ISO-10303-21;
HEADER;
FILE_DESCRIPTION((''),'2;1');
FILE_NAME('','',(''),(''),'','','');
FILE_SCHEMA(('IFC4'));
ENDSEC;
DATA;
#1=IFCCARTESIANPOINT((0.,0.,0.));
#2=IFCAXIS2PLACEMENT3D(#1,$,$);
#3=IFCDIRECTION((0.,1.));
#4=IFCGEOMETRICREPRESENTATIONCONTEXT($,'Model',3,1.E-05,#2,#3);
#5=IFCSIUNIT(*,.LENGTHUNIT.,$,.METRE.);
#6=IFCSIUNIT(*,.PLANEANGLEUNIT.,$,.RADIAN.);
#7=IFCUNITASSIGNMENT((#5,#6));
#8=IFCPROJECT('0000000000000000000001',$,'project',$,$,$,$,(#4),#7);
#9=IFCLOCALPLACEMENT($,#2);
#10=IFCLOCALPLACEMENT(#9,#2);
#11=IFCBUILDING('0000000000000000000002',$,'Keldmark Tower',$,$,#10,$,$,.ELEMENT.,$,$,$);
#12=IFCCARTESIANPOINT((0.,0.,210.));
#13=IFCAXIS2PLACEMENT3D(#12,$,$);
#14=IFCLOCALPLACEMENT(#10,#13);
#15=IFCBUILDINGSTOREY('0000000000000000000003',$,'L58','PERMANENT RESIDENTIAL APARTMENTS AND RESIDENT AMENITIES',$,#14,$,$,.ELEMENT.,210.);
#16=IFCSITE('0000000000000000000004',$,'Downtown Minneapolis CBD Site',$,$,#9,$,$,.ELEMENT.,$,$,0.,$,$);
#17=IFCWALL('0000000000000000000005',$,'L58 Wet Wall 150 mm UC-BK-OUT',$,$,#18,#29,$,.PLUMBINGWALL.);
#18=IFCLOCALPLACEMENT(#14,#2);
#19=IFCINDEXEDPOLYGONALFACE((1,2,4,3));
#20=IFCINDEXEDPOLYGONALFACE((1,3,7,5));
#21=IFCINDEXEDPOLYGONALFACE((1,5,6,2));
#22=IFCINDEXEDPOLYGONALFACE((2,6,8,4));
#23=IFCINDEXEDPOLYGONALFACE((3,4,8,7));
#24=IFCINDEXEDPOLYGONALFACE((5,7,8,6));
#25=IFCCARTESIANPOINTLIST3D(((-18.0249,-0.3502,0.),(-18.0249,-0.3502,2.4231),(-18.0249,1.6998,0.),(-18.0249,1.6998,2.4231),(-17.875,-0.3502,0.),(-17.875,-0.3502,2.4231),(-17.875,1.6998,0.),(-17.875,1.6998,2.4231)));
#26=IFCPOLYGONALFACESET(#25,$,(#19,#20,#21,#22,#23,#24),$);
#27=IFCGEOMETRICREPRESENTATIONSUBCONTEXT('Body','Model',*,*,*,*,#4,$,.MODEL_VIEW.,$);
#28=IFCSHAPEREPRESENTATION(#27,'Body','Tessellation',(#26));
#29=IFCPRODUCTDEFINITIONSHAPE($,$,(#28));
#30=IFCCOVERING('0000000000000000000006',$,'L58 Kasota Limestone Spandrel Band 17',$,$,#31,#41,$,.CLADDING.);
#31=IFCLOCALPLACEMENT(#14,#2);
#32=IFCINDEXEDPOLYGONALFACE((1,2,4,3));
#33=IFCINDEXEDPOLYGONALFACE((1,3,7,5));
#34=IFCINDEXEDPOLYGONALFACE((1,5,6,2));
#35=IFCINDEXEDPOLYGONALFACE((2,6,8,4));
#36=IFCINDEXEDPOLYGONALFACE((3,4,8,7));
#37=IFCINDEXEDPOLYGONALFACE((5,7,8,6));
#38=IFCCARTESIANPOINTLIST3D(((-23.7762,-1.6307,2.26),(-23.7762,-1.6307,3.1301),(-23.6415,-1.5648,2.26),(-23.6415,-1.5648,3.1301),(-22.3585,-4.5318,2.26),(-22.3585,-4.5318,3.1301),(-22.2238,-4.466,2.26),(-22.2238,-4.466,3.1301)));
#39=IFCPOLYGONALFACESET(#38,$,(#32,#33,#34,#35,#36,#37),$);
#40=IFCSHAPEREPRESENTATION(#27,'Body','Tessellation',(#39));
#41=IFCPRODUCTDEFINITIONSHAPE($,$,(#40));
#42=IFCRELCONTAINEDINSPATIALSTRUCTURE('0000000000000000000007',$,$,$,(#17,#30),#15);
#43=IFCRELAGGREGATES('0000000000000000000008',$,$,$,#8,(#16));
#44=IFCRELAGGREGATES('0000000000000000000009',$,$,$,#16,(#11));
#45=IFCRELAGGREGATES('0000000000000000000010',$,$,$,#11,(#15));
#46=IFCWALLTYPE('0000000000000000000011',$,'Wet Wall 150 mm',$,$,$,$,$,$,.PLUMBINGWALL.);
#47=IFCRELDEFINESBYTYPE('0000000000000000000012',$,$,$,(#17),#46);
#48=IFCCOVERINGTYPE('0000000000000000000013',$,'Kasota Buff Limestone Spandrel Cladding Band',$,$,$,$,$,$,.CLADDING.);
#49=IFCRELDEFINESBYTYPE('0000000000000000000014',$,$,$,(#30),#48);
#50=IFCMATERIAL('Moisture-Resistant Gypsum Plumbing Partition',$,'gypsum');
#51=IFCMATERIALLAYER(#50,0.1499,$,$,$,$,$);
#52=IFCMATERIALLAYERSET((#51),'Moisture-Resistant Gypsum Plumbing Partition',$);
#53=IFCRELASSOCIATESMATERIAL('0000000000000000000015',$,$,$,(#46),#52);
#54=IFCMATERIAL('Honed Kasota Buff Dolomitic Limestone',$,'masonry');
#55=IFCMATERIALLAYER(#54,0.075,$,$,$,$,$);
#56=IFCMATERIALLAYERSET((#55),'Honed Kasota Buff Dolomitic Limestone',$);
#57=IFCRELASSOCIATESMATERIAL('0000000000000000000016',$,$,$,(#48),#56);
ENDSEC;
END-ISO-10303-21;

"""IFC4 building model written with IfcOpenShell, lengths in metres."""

from ifc_helpers import new_model, si_unit, direction, frame, frame_2d, origin, origin_2d, place, context, subcontext, project, spatial, rectangle, extrude, material, layer, layer_set, type_object, element, save


model = new_model("IFC4")

# Units and contexts
model_context = context("Model", 3, precision=1e-05, world=origin(), true_north=direction((0.0, 1.0)))
body_context = subcontext(model_context, "Body", "Model", "MODEL_VIEW")
ifc_project = project(units=[si_unit("LENGTHUNIT", "METRE"), si_unit("PLANEANGLEUNIT", "RADIAN")], contexts=[model_context])

# Site, building, storey
site_placement = place(None, origin())
site = spatial("IfcSite", under=ifc_project, at=site_placement, Name="Downtown Minneapolis CBD Site", CompositionType="ELEMENT", RefElevation=0.0)
building_placement = place(site_placement, origin())
building = spatial("IfcBuilding", under=site, at=building_placement, Name="Keldmark Tower", CompositionType="ELEMENT")
storey_placement = place(building_placement, frame((0.0, 0.0, 210.0)))
storey = spatial("IfcBuildingStorey", under=building, at=storey_placement, Name="L58", Description="PERMANENT RESIDENTIAL APARTMENTS AND RESIDENT AMENITIES", CompositionType="ELEMENT", Elevation=210.0)

# Wall
ifc_material_1 = material(Name="Moisture-Resistant Gypsum Plumbing Partition", Category="gypsum")
ifc_layer_1 = layer(ifc_material_1, 0.1499)
ifc_layer_set_1 = layer_set([ifc_layer_1], Name="Moisture-Resistant Gypsum Plumbing Partition")
wall_type_1 = type_object("IfcWallType", Name="Wet Wall 150 mm", PredefinedType="PLUMBINGWALL", material=ifc_layer_set_1)
wall_1_placement = place(storey_placement, frame((-17.95, -0.3501, 0.0), z_axis=(0.0, 0.0, 1.0), x_axis=(0.0, 1.0, 0.0)))
element("IfcWall", 1, at=wall_1_placement, inside=storey, type_object=wall_type_1, Name="L58 Wet Wall 150 mm UC-BK-OUT", PredefinedType="PLUMBINGWALL", context=body_context, shape_type="SweptSolid", body=[
    extrude(rectangle(XDim=2.05, YDim=0.1499, at=frame_2d((1.0249, 0.0))), origin(), (0.0, 0.0, 1.0), 2.4231),
])

# Covering
ifc_material_2 = material(Name="Honed Kasota Buff Dolomitic Limestone", Category="masonry")
ifc_layer_2 = layer(ifc_material_2, 0.075)
ifc_layer_set_2 = layer_set([ifc_layer_2], Name="Honed Kasota Buff Dolomitic Limestone")
covering_type = type_object("IfcCoveringType", Name="Kasota Buff Limestone Spandrel Cladding Band", PredefinedType="CLADDING", material=ifc_layer_set_2)
covering_placement = place(storey_placement, frame((-23.0, -3.0483, 2.26), z_axis=(0.0, 0.0, 1.0), x_axis=(0.43903, -0.898472, 0.0)))
element("IfcCovering", 2, at=covering_placement, inside=storey, type_object=covering_type, Name="L58 Kasota Limestone Spandrel Band 17", PredefinedType="CLADDING", context=body_context, shape_type="SweptSolid", body=[
    extrude(rectangle(XDim=3.229, YDim=0.1499, at=origin_2d()), origin(), (0.0, 0.0, 1.0), 0.8701),
])

save(model, "model.ifc")
